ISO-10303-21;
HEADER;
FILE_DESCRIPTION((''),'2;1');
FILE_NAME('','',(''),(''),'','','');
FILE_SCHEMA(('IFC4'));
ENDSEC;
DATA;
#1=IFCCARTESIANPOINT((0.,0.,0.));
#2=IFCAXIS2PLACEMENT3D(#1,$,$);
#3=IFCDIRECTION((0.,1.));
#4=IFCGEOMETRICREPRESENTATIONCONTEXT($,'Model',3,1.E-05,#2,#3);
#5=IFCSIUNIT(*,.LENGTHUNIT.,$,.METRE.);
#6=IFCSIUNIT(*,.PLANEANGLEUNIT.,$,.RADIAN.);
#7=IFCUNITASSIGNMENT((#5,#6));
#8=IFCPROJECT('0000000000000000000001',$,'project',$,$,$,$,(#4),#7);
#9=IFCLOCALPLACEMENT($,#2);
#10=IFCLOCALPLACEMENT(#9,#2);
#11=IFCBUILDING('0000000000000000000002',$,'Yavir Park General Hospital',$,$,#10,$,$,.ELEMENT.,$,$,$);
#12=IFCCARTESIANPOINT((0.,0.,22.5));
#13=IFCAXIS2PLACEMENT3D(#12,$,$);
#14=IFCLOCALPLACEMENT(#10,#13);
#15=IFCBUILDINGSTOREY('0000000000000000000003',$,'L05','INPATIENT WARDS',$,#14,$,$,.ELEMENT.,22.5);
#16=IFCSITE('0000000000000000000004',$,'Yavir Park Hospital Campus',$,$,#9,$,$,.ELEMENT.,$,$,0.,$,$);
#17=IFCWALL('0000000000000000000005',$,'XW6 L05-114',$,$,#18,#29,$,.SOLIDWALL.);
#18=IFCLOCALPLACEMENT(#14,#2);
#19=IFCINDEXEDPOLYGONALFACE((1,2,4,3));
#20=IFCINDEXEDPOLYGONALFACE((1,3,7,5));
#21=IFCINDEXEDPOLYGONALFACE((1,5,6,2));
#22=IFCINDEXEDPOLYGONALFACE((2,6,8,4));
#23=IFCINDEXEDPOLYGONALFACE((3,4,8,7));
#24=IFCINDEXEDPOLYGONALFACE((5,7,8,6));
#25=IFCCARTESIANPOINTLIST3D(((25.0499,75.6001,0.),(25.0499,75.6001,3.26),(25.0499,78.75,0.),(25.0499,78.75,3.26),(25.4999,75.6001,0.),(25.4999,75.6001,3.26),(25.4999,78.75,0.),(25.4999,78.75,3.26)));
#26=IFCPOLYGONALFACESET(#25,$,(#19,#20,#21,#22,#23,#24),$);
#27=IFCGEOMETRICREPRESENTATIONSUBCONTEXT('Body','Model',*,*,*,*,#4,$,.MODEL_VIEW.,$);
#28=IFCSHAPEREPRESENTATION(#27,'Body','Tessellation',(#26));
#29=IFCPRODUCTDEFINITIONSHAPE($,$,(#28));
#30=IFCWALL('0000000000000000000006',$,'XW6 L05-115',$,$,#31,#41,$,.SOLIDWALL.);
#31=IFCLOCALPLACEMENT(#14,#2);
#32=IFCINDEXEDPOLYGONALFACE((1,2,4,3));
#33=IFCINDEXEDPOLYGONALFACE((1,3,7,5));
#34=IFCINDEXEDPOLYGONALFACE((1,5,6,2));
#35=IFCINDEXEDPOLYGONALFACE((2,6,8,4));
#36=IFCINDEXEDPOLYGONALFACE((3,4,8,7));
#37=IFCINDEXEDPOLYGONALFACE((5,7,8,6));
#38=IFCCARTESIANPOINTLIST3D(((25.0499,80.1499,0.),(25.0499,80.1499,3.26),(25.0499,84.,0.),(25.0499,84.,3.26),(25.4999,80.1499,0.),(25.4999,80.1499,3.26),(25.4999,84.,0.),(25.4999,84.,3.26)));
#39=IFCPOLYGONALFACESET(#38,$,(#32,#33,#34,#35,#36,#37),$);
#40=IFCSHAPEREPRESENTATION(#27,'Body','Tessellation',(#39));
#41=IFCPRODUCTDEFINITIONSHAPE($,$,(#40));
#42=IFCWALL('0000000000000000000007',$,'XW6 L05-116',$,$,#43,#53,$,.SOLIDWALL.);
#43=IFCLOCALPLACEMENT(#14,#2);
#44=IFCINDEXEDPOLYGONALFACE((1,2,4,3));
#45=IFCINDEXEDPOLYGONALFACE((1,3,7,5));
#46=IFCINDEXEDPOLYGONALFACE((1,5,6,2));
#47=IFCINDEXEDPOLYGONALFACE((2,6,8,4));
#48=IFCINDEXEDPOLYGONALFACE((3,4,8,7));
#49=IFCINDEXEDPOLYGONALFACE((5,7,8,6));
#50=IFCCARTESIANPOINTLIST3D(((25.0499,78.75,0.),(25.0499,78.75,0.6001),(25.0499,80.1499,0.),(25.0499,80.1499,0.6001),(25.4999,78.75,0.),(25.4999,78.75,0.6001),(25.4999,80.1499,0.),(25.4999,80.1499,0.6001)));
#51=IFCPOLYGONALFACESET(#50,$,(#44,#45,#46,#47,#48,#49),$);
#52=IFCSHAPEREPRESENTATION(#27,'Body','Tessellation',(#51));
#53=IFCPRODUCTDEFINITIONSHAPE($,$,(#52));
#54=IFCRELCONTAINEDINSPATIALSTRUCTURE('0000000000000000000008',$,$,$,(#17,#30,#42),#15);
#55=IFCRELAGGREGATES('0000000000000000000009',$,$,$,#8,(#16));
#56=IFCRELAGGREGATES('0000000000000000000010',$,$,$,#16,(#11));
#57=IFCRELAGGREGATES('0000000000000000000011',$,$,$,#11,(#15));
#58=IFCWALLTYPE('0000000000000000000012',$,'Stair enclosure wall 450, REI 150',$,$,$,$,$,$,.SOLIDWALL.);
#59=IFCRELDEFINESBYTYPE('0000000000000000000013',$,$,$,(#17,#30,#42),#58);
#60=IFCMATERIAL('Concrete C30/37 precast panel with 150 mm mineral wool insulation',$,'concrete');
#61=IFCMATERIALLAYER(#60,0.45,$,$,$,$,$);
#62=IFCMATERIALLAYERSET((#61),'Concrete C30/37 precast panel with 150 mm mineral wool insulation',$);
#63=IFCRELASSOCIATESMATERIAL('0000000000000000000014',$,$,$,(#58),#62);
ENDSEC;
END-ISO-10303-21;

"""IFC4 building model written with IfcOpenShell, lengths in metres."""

from ifc_helpers import new_model, si_unit, direction, frame, frame_2d, origin, place, context, subcontext, project, spatial, rectangle, extrude, material, layer, layer_set, type_object, element, save


model = new_model("IFC4")

# Units and contexts
model_context = context("Model", 3, precision=1e-05, world=origin(), true_north=direction((0.0, 1.0)))
body_context = subcontext(model_context, "Body", "Model", "MODEL_VIEW")
ifc_project = project(units=[si_unit("LENGTHUNIT", "METRE"), si_unit("PLANEANGLEUNIT", "RADIAN")], contexts=[model_context])

# Site, building, storey
site_placement = place(None, origin())
site = spatial("IfcSite", under=ifc_project, at=site_placement, Name="Yavir Park Hospital Campus", CompositionType="ELEMENT", RefElevation=0.0)
building_placement = place(site_placement, origin())
building = spatial("IfcBuilding", under=site, at=building_placement, Name="Yavir Park General Hospital", CompositionType="ELEMENT")
storey_placement = place(building_placement, frame((0.0, 0.0, 22.5)))
storey = spatial("IfcBuildingStorey", under=building, at=storey_placement, Name="L05", Description="INPATIENT WARDS", CompositionType="ELEMENT", Elevation=22.5)

# Walls
ifc_material_1 = material(Name="Concrete C30/37 precast panel with 150 mm mineral wool insulation", Category="concrete")
ifc_layer_1 = layer(ifc_material_1, 0.45)
ifc_layer_set_1 = layer_set([ifc_layer_1], Name="Concrete C30/37 precast panel with 150 mm mineral wool insulation")
wall_type = type_object("IfcWallType", Name="Stair enclosure wall 450, REI 150", PredefinedType="SOLIDWALL", material=ifc_layer_set_1)
wall_1_placement = place(storey_placement, frame((25.2749, 75.6001, 0.0), z_axis=(0.0, 0.0, 1.0), x_axis=(0.0, 1.0, 0.0)))
element("IfcWall", 1, at=wall_1_placement, inside=storey, type_object=wall_type, Name="XW6 L05-114", PredefinedType="SOLIDWALL", context=body_context, shape_type="SweptSolid", body=[
    extrude(rectangle(XDim=3.1499, YDim=0.45, at=frame_2d((1.575, 0.0))), origin(), (0.0, 0.0, 1.0), 3.26),
])
wall_2_placement = place(storey_placement, frame((25.2749, 80.1499, 0.0), z_axis=(0.0, 0.0, 1.0), x_axis=(0.0, 1.0, 0.0)))
element("IfcWall", 2, at=wall_2_placement, inside=storey, type_object=wall_type, Name="XW6 L05-115", PredefinedType="SOLIDWALL", context=body_context, shape_type="SweptSolid", body=[
    extrude(rectangle(XDim=3.8501, YDim=0.45, at=frame_2d((1.925, 0.0))), origin(), (0.0, 0.0, 1.0), 3.26),
])
wall_3_placement = place(storey_placement, frame((25.2749, 78.75, 0.0), z_axis=(0.0, 0.0, 1.0), x_axis=(0.0, 1.0, 0.0)))
element("IfcWall", 3, at=wall_3_placement, inside=storey, type_object=wall_type, Name="XW6 L05-116", PredefinedType="SOLIDWALL", context=body_context, shape_type="SweptSolid", body=[
    extrude(rectangle(XDim=1.3999, YDim=0.45, at=frame_2d((0.7, 0.0))), origin(), (0.0, 0.0, 1.0), 0.6001),
])

save(model, "model.ifc")
